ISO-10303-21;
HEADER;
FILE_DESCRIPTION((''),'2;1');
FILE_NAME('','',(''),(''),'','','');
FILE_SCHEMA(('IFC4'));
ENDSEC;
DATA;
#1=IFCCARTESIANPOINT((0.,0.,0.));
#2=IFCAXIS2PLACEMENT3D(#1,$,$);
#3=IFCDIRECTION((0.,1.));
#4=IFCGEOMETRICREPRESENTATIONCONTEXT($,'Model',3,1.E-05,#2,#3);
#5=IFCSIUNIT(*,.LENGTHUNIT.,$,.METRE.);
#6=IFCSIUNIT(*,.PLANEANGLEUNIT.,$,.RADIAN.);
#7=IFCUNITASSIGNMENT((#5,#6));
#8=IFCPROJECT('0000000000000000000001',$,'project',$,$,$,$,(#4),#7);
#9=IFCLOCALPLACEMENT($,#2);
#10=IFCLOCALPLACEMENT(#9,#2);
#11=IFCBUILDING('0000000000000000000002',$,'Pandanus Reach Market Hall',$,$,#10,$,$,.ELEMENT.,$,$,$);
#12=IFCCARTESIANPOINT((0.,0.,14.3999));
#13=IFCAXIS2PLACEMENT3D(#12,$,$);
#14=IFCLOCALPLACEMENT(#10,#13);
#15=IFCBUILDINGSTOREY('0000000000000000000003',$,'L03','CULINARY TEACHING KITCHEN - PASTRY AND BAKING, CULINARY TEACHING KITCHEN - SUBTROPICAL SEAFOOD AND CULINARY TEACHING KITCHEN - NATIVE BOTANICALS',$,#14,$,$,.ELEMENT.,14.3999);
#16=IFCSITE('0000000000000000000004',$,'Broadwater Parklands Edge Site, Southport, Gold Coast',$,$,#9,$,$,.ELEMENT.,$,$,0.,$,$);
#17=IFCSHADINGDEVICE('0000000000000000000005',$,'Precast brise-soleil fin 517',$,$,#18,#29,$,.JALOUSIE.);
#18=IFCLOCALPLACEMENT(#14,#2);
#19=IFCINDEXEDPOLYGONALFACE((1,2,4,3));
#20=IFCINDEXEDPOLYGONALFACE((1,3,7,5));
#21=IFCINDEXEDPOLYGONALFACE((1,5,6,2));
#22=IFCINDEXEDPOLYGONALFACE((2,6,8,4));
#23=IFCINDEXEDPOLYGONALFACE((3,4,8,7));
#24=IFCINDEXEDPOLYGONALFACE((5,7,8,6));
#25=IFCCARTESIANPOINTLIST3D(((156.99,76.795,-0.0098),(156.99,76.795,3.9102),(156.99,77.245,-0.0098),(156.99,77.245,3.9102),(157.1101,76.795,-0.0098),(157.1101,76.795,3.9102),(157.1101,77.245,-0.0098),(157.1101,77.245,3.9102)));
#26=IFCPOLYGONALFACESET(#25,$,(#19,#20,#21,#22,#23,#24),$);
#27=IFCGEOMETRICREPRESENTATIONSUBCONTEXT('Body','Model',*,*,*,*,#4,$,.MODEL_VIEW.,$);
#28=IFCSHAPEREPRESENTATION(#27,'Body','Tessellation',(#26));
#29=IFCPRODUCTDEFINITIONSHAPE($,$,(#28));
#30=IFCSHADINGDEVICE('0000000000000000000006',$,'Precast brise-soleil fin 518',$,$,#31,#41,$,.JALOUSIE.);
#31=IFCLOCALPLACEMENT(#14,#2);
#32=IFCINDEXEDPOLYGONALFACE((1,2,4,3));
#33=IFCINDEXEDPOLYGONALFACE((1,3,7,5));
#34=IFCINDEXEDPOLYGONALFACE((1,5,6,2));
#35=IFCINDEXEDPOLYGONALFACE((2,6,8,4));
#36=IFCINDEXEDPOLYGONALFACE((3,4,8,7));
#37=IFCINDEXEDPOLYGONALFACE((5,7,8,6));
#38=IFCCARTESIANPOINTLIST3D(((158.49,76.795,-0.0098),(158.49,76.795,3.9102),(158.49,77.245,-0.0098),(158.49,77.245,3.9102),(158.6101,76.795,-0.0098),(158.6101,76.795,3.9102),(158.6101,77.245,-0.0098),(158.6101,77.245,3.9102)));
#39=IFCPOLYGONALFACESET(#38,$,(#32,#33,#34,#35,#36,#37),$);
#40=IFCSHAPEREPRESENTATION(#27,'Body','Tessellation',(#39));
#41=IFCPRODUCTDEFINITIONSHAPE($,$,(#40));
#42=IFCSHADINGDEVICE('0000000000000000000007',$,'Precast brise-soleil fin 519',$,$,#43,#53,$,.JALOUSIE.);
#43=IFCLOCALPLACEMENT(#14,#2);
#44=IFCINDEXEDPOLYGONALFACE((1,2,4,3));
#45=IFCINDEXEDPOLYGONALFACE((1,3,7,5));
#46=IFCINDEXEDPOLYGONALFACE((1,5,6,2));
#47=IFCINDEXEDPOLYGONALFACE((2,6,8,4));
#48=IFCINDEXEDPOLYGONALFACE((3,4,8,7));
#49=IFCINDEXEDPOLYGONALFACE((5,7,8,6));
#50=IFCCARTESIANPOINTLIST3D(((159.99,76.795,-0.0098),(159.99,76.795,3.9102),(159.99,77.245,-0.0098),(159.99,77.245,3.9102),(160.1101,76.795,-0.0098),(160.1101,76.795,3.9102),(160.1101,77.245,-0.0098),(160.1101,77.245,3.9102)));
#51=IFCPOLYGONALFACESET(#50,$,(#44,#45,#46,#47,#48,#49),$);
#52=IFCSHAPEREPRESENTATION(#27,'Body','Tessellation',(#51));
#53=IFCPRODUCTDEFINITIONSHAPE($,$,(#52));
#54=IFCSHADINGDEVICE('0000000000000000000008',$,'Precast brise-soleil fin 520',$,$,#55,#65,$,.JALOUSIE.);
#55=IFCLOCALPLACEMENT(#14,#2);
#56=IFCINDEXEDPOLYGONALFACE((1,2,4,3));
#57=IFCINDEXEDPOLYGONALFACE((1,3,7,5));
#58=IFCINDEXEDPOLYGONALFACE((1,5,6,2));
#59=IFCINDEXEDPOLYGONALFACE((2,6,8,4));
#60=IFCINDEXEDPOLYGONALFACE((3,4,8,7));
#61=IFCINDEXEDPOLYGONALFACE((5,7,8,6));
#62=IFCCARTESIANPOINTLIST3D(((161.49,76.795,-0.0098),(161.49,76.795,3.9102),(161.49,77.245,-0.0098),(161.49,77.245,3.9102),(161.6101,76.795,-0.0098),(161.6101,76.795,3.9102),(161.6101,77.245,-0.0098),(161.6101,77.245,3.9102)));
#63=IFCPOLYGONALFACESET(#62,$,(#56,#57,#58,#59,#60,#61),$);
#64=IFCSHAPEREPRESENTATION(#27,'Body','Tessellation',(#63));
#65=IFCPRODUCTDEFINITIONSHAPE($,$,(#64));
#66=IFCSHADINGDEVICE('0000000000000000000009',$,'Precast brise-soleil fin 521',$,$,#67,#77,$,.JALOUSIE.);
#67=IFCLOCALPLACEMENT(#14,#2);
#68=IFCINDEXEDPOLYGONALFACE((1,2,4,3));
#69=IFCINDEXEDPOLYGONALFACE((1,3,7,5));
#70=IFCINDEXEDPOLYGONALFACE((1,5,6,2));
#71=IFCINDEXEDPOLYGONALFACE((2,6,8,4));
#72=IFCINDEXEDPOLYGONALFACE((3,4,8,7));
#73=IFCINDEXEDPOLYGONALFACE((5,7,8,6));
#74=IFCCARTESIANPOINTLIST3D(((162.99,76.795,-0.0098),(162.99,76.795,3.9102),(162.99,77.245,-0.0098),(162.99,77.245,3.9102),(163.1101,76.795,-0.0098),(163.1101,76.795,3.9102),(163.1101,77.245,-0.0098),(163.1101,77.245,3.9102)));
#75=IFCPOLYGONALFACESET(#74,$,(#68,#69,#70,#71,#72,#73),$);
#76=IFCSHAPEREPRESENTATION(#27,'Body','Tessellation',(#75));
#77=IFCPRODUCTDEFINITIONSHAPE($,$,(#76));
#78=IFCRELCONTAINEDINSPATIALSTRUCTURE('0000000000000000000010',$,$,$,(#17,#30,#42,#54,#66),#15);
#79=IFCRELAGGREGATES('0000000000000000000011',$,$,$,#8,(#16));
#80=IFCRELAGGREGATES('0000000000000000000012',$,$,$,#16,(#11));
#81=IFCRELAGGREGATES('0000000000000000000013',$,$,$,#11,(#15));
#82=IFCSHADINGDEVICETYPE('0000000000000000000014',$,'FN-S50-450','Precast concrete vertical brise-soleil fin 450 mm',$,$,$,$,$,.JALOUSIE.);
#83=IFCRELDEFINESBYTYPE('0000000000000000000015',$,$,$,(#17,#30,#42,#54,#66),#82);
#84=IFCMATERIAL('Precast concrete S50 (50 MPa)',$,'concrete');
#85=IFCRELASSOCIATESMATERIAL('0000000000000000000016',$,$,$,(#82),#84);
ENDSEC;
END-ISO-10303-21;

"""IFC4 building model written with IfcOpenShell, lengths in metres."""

from ifc_helpers import new_model, si_unit, direction, frame, origin, origin_2d, place, context, subcontext, project, spatial, rectangle, extrude, material, type_object, element, save


model = new_model("IFC4")

# Units and contexts
model_context = context("Model", 3, precision=1e-05, world=origin(), true_north=direction((0.0, 1.0)))
body_context = subcontext(model_context, "Body", "Model", "MODEL_VIEW")
ifc_project = project(units=[si_unit("LENGTHUNIT", "METRE"), si_unit("PLANEANGLEUNIT", "RADIAN")], contexts=[model_context])

# Site, building, storey
site_placement = place(None, origin())
site = spatial("IfcSite", under=ifc_project, at=site_placement, Name="Broadwater Parklands Edge Site, Southport, Gold Coast", CompositionType="ELEMENT", RefElevation=0.0)
building_placement = place(site_placement, origin())
building = spatial("IfcBuilding", under=site, at=building_placement, Name="Pandanus Reach Market Hall", CompositionType="ELEMENT")
storey_placement = place(building_placement, frame((0.0, 0.0, 14.3999)))
storey = spatial("IfcBuildingStorey", under=building, at=storey_placement, Name="L03", Description="CULINARY TEACHING KITCHEN - PASTRY AND BAKING, CULINARY TEACHING KITCHEN - SUBTROPICAL SEAFOOD AND CULINARY TEACHING KITCHEN - NATIVE BOTANICALS", CompositionType="ELEMENT", Elevation=14.3999)

# Shading devices
ifc_material_1 = material(Name="Precast concrete S50 (50 MPa)", Category="concrete")
shading_device_type = type_object("IfcShadingDeviceType", Name="FN-S50-450", Description="Precast concrete vertical brise-soleil fin 450 mm", PredefinedType="JALOUSIE", material=ifc_material_1)
for number, where, z_axis, x_axis, name in (
    (1, (157.05, 77.02, -0.0098), (0.0, 0.0, 1.0), (0.0, 1.0, 0.0), "Precast brise-soleil fin 517"),
    (2, (158.55, 77.02, -0.0098), (0.0, 0.0, 1.0), (0.0, 1.0, 0.0), "Precast brise-soleil fin 518"),
    (3, (160.05, 77.02, -0.0098), (0.0, 0.0, 1.0), (0.0, 1.0, 0.0), "Precast brise-soleil fin 519"),
    (4, (161.55, 77.02, -0.0098), (0.0, 0.0, 1.0), (0.0, 1.0, 0.0), "Precast brise-soleil fin 520"),
    (5, (163.05, 77.02, -0.0098), (0.0, 0.0, 1.0), (0.0, 1.0, 0.0), "Precast brise-soleil fin 521"),
):
    element("IfcShadingDevice", number, at=place(storey_placement, frame(where, z_axis=z_axis, x_axis=x_axis)), inside=storey, type_object=shading_device_type, Name=name, PredefinedType="JALOUSIE", context=body_context, shape_type="SweptSolid", body=[
        extrude(rectangle(XDim=0.45, YDim=0.1201, at=origin_2d()), origin(), (0.0, 0.0, 1.0), 3.9199),
    ])

save(model, "model.ifc")
